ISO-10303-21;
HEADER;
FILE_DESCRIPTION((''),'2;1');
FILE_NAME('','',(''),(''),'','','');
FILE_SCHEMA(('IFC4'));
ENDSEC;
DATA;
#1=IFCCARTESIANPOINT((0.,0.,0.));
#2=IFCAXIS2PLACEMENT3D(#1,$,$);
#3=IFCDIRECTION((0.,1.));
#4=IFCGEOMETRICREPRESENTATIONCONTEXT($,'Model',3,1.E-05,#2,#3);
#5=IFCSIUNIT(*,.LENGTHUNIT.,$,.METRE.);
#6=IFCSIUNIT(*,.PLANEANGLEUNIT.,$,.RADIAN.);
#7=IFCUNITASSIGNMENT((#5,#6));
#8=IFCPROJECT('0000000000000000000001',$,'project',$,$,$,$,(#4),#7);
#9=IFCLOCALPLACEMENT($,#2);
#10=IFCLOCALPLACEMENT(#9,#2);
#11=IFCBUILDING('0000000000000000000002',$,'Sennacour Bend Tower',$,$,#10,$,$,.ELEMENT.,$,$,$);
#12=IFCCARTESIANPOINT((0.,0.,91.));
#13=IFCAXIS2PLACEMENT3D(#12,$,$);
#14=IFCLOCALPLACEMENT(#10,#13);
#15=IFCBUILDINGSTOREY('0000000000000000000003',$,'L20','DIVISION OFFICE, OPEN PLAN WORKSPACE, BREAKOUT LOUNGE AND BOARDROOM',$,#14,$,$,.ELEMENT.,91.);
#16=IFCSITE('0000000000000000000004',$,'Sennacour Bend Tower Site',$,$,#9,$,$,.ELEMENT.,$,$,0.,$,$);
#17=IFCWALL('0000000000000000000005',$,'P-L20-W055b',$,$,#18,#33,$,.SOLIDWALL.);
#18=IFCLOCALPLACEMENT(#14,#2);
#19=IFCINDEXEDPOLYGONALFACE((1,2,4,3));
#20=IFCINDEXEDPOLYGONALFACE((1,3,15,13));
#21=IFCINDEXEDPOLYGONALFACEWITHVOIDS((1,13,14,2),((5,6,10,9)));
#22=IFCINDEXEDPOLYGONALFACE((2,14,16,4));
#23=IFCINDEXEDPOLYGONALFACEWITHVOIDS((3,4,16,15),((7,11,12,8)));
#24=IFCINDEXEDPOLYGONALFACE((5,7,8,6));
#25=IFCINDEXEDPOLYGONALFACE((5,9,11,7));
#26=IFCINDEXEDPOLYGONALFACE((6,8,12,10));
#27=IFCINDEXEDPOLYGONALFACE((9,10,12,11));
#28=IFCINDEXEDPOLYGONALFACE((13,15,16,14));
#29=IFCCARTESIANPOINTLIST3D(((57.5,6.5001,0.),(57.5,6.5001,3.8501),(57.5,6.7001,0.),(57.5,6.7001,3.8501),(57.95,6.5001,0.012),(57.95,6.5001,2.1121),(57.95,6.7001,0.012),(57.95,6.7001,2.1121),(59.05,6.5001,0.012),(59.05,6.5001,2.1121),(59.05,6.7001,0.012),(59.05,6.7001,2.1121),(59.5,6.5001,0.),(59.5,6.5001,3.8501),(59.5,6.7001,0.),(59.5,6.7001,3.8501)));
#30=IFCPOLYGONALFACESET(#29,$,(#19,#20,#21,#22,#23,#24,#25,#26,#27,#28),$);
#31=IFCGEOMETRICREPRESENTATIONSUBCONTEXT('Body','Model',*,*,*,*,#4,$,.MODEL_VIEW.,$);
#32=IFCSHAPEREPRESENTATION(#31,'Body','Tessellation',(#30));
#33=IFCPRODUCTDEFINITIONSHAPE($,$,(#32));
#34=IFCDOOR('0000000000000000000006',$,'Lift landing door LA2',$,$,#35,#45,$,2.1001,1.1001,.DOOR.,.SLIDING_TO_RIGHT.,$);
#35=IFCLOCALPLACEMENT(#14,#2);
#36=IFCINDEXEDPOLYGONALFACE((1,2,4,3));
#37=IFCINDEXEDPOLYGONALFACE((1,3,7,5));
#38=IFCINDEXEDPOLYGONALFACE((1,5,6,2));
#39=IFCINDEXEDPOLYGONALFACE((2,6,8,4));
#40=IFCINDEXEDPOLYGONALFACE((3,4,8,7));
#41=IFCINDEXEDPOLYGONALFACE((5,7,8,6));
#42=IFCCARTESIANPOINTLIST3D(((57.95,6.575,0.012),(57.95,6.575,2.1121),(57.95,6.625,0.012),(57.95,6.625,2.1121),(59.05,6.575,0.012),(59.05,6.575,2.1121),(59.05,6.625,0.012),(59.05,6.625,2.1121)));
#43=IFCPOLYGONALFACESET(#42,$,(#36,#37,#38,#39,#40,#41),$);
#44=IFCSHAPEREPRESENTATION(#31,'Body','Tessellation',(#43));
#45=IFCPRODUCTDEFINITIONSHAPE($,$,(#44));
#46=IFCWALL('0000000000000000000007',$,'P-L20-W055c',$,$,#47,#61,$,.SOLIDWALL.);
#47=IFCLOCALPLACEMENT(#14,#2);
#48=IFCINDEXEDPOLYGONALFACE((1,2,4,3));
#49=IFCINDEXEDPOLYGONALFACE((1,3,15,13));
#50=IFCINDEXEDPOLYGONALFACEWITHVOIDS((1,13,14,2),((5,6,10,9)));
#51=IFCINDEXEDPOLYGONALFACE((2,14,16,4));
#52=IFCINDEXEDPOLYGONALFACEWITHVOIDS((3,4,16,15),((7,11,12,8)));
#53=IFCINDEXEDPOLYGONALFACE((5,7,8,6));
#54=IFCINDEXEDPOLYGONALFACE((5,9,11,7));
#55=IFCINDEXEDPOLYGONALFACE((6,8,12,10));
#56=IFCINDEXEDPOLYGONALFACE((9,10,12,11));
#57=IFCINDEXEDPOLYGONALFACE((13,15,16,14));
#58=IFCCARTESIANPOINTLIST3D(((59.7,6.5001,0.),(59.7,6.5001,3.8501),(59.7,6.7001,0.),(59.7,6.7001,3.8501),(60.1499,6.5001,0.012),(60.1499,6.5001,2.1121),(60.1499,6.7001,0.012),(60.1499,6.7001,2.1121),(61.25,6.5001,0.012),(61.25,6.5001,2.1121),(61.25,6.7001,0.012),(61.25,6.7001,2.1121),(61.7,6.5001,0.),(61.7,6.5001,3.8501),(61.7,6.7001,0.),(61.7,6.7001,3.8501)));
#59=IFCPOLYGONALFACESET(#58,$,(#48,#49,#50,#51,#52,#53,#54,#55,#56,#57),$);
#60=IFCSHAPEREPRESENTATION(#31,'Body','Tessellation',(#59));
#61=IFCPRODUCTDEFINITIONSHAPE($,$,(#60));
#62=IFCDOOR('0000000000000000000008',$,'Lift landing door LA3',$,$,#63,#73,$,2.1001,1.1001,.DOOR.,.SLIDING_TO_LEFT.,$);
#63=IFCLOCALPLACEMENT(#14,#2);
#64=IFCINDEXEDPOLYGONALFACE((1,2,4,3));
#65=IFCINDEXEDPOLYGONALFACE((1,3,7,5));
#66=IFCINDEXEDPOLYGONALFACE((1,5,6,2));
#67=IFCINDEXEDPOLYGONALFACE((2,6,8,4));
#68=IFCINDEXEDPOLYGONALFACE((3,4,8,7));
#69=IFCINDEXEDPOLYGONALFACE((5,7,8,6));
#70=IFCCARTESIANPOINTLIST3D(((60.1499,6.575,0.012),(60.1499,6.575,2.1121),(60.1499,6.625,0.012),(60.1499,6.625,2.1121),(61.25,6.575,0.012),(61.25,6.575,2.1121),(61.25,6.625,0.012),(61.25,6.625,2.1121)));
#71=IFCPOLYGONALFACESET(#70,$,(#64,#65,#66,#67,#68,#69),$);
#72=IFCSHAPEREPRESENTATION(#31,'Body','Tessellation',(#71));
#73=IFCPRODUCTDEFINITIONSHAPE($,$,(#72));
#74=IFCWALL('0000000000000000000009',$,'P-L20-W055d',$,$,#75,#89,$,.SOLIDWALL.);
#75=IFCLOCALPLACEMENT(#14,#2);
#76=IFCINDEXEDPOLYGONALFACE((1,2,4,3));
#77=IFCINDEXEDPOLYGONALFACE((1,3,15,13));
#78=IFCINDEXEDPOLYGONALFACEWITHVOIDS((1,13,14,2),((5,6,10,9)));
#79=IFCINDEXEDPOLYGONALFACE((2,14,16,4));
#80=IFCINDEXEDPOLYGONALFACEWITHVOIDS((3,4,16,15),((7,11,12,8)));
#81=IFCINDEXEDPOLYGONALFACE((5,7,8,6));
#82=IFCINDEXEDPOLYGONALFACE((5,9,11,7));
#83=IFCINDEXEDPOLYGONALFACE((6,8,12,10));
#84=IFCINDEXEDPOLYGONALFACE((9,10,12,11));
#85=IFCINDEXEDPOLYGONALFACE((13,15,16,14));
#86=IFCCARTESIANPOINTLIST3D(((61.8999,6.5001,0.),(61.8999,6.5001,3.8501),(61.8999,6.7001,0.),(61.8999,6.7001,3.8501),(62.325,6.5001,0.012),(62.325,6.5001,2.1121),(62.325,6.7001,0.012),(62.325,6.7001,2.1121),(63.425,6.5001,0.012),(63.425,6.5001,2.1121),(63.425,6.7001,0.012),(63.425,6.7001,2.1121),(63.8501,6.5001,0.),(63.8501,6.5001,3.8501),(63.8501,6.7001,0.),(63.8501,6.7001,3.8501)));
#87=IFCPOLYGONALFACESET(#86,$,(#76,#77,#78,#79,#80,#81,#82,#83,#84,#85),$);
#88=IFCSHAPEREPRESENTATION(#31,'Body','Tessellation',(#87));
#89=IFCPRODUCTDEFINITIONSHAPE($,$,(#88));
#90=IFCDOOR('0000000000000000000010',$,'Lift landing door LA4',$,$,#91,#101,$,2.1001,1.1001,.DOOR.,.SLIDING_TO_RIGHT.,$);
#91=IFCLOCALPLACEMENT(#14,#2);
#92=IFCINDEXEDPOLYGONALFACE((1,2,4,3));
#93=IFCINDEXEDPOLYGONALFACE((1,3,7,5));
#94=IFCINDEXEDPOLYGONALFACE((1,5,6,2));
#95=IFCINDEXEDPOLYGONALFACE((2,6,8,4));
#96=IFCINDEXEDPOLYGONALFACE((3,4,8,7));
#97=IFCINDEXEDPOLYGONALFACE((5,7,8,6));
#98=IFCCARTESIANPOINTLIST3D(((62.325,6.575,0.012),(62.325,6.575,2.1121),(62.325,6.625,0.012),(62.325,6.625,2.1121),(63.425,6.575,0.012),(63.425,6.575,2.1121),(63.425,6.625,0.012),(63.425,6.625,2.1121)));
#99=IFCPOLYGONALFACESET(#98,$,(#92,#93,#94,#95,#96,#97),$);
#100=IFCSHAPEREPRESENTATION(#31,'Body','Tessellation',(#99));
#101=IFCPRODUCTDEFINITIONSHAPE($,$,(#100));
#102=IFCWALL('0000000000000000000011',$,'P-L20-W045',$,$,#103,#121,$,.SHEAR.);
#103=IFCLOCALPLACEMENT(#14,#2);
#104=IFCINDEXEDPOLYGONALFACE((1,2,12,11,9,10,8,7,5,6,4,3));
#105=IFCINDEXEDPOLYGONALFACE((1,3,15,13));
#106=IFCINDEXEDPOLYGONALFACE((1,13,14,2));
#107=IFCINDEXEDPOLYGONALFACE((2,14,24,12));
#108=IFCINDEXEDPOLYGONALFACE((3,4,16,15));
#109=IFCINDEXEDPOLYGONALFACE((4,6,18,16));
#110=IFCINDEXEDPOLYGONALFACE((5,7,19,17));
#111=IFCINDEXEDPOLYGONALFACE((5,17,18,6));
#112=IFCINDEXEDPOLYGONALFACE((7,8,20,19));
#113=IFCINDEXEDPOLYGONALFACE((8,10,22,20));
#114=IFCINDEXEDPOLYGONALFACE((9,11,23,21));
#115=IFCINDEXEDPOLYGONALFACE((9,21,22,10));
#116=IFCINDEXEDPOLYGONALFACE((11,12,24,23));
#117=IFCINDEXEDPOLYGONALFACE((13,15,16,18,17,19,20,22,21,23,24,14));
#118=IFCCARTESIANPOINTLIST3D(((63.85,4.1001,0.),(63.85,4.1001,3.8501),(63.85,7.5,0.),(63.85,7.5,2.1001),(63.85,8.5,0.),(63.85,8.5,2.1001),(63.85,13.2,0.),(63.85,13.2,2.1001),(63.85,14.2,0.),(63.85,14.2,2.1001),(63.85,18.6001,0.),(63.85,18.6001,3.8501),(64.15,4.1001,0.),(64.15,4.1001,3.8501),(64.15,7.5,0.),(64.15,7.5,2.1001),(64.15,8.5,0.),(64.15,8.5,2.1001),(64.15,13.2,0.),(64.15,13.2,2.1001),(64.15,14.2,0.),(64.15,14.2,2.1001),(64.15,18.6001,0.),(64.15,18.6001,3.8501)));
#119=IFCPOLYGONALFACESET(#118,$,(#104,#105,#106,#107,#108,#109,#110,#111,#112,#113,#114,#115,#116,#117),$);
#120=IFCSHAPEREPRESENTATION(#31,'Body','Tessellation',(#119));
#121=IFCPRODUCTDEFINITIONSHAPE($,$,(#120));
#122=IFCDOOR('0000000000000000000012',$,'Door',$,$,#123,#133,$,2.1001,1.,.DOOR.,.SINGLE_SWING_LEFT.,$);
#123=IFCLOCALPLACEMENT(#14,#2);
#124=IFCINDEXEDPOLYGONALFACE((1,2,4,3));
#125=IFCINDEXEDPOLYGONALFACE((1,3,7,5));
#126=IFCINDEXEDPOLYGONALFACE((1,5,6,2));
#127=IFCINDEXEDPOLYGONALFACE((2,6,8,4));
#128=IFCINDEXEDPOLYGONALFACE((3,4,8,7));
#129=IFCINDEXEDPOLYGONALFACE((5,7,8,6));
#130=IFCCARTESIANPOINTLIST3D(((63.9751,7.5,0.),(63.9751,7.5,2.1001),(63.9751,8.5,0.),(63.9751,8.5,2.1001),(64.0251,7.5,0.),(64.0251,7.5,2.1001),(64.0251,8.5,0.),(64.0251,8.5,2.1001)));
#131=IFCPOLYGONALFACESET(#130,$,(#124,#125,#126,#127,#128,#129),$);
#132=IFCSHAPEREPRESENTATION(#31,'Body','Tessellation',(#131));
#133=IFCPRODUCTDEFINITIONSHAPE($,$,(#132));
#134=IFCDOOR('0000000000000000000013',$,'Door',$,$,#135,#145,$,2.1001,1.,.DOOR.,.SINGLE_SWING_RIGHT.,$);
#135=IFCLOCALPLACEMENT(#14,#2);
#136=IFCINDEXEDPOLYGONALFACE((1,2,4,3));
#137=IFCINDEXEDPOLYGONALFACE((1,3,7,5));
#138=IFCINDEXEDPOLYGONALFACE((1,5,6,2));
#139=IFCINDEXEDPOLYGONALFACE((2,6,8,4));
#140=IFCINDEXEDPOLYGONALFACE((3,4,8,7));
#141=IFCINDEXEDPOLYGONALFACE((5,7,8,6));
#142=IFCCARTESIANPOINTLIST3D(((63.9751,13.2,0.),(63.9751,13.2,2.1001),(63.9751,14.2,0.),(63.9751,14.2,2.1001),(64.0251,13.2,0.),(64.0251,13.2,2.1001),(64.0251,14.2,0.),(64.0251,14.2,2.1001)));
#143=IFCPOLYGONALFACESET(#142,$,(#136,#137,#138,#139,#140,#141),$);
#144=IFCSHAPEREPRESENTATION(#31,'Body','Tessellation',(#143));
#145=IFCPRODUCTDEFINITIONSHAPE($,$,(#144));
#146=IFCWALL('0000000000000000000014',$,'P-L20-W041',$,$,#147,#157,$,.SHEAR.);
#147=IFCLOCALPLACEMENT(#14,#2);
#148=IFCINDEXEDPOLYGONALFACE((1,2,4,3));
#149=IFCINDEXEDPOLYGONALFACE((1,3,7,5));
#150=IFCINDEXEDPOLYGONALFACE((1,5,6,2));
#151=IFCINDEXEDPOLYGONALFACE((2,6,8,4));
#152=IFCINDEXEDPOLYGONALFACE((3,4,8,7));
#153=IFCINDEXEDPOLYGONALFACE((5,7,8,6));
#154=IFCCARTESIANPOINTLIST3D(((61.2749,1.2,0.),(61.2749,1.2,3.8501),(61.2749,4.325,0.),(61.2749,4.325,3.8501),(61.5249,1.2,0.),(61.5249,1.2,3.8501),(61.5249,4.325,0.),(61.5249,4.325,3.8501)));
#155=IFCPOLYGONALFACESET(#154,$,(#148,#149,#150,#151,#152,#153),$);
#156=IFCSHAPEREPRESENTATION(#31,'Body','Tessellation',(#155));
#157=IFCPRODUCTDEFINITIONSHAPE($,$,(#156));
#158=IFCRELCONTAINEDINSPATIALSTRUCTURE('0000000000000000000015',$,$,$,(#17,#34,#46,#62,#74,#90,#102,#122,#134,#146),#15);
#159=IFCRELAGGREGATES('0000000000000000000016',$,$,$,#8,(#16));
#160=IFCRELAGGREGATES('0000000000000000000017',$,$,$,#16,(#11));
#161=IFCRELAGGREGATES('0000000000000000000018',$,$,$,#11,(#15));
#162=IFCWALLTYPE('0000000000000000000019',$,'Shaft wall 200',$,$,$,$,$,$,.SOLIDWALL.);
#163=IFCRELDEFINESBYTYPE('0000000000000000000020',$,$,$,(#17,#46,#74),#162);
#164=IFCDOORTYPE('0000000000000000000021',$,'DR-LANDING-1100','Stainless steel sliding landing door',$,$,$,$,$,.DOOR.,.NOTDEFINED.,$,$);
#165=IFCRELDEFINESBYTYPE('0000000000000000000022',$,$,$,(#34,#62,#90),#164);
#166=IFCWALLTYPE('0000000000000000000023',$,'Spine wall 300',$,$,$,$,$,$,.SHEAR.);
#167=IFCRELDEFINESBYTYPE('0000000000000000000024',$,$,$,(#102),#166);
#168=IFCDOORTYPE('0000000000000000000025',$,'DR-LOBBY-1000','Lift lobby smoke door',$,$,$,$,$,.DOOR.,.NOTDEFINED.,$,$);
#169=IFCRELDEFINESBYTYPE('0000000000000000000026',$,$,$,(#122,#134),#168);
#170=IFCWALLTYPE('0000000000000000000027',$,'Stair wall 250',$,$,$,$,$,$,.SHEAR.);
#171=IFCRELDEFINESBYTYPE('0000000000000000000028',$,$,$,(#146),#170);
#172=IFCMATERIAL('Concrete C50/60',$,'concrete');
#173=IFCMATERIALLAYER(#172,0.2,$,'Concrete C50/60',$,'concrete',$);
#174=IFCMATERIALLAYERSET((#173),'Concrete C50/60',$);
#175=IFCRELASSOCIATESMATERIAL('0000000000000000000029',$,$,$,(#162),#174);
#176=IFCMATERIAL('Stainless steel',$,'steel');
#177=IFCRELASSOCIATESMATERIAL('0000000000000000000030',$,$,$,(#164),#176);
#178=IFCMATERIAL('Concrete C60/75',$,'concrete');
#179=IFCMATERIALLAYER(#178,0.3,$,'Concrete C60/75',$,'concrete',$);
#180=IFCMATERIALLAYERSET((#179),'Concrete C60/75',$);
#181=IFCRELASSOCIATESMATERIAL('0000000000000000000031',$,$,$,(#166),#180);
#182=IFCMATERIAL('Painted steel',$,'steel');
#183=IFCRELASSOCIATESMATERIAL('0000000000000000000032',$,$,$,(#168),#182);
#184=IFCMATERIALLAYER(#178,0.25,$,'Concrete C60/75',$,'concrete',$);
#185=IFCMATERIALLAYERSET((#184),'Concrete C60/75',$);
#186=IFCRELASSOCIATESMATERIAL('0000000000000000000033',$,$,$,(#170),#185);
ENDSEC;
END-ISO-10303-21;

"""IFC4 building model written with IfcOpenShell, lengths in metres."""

from ifc_helpers import new_model, si_unit, direction, frame, frame_2d, origin, place, context, subcontext, project, spatial, rectangle, extrude, material, layer, layer_set, type_object, element, fill, save


model = new_model("IFC4")

# Units and contexts
model_context = context("Model", 3, precision=1e-05, world=origin(), true_north=direction((0.0, 1.0)))
body_context = subcontext(model_context, "Body", "Model", "MODEL_VIEW")
ifc_project = project(units=[si_unit("LENGTHUNIT", "METRE"), si_unit("PLANEANGLEUNIT", "RADIAN")], contexts=[model_context])

# Site, building, storey
site_placement = place(None, origin())
site = spatial("IfcSite", under=ifc_project, at=site_placement, Name="Sennacour Bend Tower Site", CompositionType="ELEMENT", RefElevation=0.0)
building_placement = place(site_placement, origin())
building = spatial("IfcBuilding", under=site, at=building_placement, Name="Sennacour Bend Tower", CompositionType="ELEMENT")
storey_placement = place(building_placement, frame((0.0, 0.0, 91.0)))
storey = spatial("IfcBuildingStorey", under=building, at=storey_placement, Name="L20", Description="DIVISION OFFICE, OPEN PLAN WORKSPACE, BREAKOUT LOUNGE AND BOARDROOM", CompositionType="ELEMENT", Elevation=91.0)

# Shared definitions
ifc_material_1 = material(Name="Painted steel", Category="steel")

# Shared definitions
ifc_material_2 = material(Name="Concrete C50/60", Category="concrete")
ifc_layer_1 = layer(ifc_material_2, 0.2, Name="Concrete C50/60", Category="concrete")
ifc_layer_set_1 = layer_set([ifc_layer_1], Name="Concrete C50/60")
wall_type_1 = type_object("IfcWallType", Name="Shaft wall 200", PredefinedType="SOLIDWALL", material=ifc_layer_set_1)

# Walls, openings, doors
wall_1_placement = place(storey_placement, frame((57.5, 6.6001, 0.0), z_axis=(0.0, 0.0, 1.0), x_axis=(1.0, 0.0, 0.0)))
wall_1 = element("IfcWall", 1, at=wall_1_placement, inside=storey, type_object=wall_type_1, Name="P-L20-W055b", PredefinedType="SOLIDWALL", context=body_context, shape_type="SweptSolid", body=[
    extrude(rectangle(XDim=2.0, YDim=0.2, at=frame_2d((1.0, 0.0))), origin(), (0.0, 0.0, 1.0), 3.8501),
])
opening_1_placement = place(wall_1_placement, frame((0.45, 0.0, 0.012)))
opening_1 = element("IfcOpeningElement", 2, at=opening_1_placement, cuts=wall_1, PredefinedType="OPENING", context=body_context, shape_type="SweptSolid", body=[
    extrude(rectangle(XDim=1.1001, YDim=2.1001, at=frame_2d((0.55, 1.05))), frame((0.0, 0.1099, 0.0), z_axis=(0.0, -1.0, 0.0), x_axis=(1.0, 0.0, 0.0)), (0.0, 0.0, 1.0), 0.22),
])
ifc_material_3 = material(Name="Stainless steel", Category="steel")
door_type_1 = type_object("IfcDoorType", Name="DR-LANDING-1100", Description="Stainless steel sliding landing door", OperationType="NOTDEFINED", PredefinedType="DOOR", material=ifc_material_3)
door_1_placement = place(opening_1_placement, origin())
door_1 = element("IfcDoor", 3, at=door_1_placement, inside=storey, type_object=door_type_1, Name="Lift landing door LA2", OperationType="SLIDING_TO_RIGHT", OverallHeight=2.1001, OverallWidth=1.1001, PredefinedType="DOOR", context=body_context, shape_type="SweptSolid", body=[
    extrude(rectangle(XDim=1.1001, YDim=2.1001, at=frame_2d((0.55, 1.05))), frame((0.0, 0.0249, 0.0), z_axis=(0.0, -1.0, 0.0), x_axis=(1.0, 0.0, 0.0)), (0.0, 0.0, 1.0), 0.05),
])
fill(opening_1, door_1)
wall_2_placement = place(storey_placement, frame((59.7, 6.6001, 0.0), z_axis=(0.0, 0.0, 1.0), x_axis=(1.0, 0.0, 0.0)))
wall_2 = element("IfcWall", 4, at=wall_2_placement, inside=storey, type_object=wall_type_1, Name="P-L20-W055c", PredefinedType="SOLIDWALL", context=body_context, shape_type="SweptSolid", body=[
    extrude(rectangle(XDim=2.0, YDim=0.2, at=frame_2d((1.0, 0.0))), origin(), (0.0, 0.0, 1.0), 3.8501),
])
opening_2_placement = place(wall_2_placement, frame((0.45, 0.0, 0.012)))
opening_2 = element("IfcOpeningElement", 5, at=opening_2_placement, cuts=wall_2, PredefinedType="OPENING", context=body_context, shape_type="SweptSolid", body=[
    extrude(rectangle(XDim=1.1001, YDim=2.1001, at=frame_2d((0.55, 1.05))), frame((0.0, 0.1099, 0.0), z_axis=(0.0, -1.0, 0.0), x_axis=(1.0, 0.0, 0.0)), (0.0, 0.0, 1.0), 0.22),
])
door_2_placement = place(opening_2_placement, origin())
door_2 = element("IfcDoor", 6, at=door_2_placement, inside=storey, type_object=door_type_1, Name="Lift landing door LA3", OperationType="SLIDING_TO_LEFT", OverallHeight=2.1001, OverallWidth=1.1001, PredefinedType="DOOR", context=body_context, shape_type="SweptSolid", body=[
    extrude(rectangle(XDim=1.1001, YDim=2.1001, at=frame_2d((0.55, 1.05))), frame((0.0, 0.0249, 0.0), z_axis=(0.0, -1.0, 0.0), x_axis=(1.0, 0.0, 0.0)), (0.0, 0.0, 1.0), 0.05),
])
fill(opening_2, door_2)
wall_3_placement = place(storey_placement, frame((61.8999, 6.6001, 0.0), z_axis=(0.0, 0.0, 1.0), x_axis=(1.0, 0.0, 0.0)))
wall_3 = element("IfcWall", 7, at=wall_3_placement, inside=storey, type_object=wall_type_1, Name="P-L20-W055d", PredefinedType="SOLIDWALL", context=body_context, shape_type="SweptSolid", body=[
    extrude(rectangle(XDim=1.9502, YDim=0.2, at=frame_2d((0.9751, 0.0))), origin(), (0.0, 0.0, 1.0), 3.8501),
])
opening_3_placement = place(wall_3_placement, frame((0.425, 0.0, 0.012)))
opening_3 = element("IfcOpeningElement", 8, at=opening_3_placement, cuts=wall_3, PredefinedType="OPENING", context=body_context, shape_type="SweptSolid", body=[
    extrude(rectangle(XDim=1.1001, YDim=2.1001, at=frame_2d((0.55, 1.05))), frame((0.0, 0.1099, 0.0), z_axis=(0.0, -1.0, 0.0), x_axis=(1.0, 0.0, 0.0)), (0.0, 0.0, 1.0), 0.22),
])
door_3_placement = place(opening_3_placement, origin())
door_3 = element("IfcDoor", 9, at=door_3_placement, inside=storey, type_object=door_type_1, Name="Lift landing door LA4", OperationType="SLIDING_TO_RIGHT", OverallHeight=2.1001, OverallWidth=1.1001, PredefinedType="DOOR", context=body_context, shape_type="SweptSolid", body=[
    extrude(rectangle(XDim=1.1001, YDim=2.1001, at=frame_2d((0.55, 1.05))), frame((0.0, 0.0249, 0.0), z_axis=(0.0, -1.0, 0.0), x_axis=(1.0, 0.0, 0.0)), (0.0, 0.0, 1.0), 0.05),
])
fill(opening_3, door_3)

# Wall, openings, doors
ifc_material_4 = material(Name="Concrete C60/75", Category="concrete")
ifc_layer_2 = layer(ifc_material_4, 0.3, Name="Concrete C60/75", Category="concrete")
ifc_layer_set_2 = layer_set([ifc_layer_2], Name="Concrete C60/75")
wall_type_2 = type_object("IfcWallType", Name="Spine wall 300", PredefinedType="SHEAR", material=ifc_layer_set_2)
wall_4_placement = place(storey_placement, frame((64.0, 4.1001, 0.0), z_axis=(0.0, 0.0, 1.0), x_axis=(0.0, 1.0, 0.0)))
wall_4 = element("IfcWall", 10, at=wall_4_placement, inside=storey, type_object=wall_type_2, Name="P-L20-W045", PredefinedType="SHEAR", context=body_context, shape_type="SweptSolid", body=[
    extrude(rectangle(XDim=14.5, YDim=0.3, at=frame_2d((7.25, 0.0))), origin(), (0.0, 0.0, 1.0), 3.8501),
])
opening_4_placement = place(wall_4_placement, frame((3.3999, 0.0, 0.0)))
opening_4 = element("IfcOpeningElement", 11, at=opening_4_placement, cuts=wall_4, PredefinedType="OPENING", context=body_context, shape_type="SweptSolid", body=[
    extrude(rectangle(XDim=1.0, YDim=2.1001, at=frame_2d((0.5, 1.05))), frame((0.0, 0.1602, 0.0), z_axis=(0.0, -1.0, 0.0), x_axis=(1.0, 0.0, 0.0)), (0.0, 0.0, 1.0), 0.3201),
])
opening_5_placement = place(wall_4_placement, frame((9.0999, 0.0, 0.0)))
opening_5 = element("IfcOpeningElement", 12, at=opening_5_placement, cuts=wall_4, PredefinedType="OPENING", context=body_context, shape_type="SweptSolid", body=[
    extrude(rectangle(XDim=1.0, YDim=2.1001, at=frame_2d((0.5, 1.05))), frame((0.0, 0.1602, 0.0), z_axis=(0.0, -1.0, 0.0), x_axis=(1.0, 0.0, 0.0)), (0.0, 0.0, 1.0), 0.3201),
])
door_type_2 = type_object("IfcDoorType", Name="DR-LOBBY-1000", Description="Lift lobby smoke door", OperationType="NOTDEFINED", PredefinedType="DOOR", material=ifc_material_1)
door_4_placement = place(opening_4_placement, origin())
door_4 = element("IfcDoor", 13, at=door_4_placement, inside=storey, type_object=door_type_2, Name="Door", OperationType="SINGLE_SWING_LEFT", OverallHeight=2.1001, OverallWidth=1.0, PredefinedType="DOOR", context=body_context, shape_type="SweptSolid", body=[
    extrude(rectangle(XDim=1.0, YDim=2.1001, at=frame_2d((0.5, 1.05))), frame((0.0, 0.0249, 0.0), z_axis=(0.0, -1.0, 0.0), x_axis=(1.0, 0.0, 0.0)), (0.0, 0.0, 1.0), 0.05),
])
fill(opening_4, door_4)
door_5_placement = place(opening_5_placement, origin())
door_5 = element("IfcDoor", 14, at=door_5_placement, inside=storey, type_object=door_type_2, Name="Door", OperationType="SINGLE_SWING_RIGHT", OverallHeight=2.1001, OverallWidth=1.0, PredefinedType="DOOR", context=body_context, shape_type="SweptSolid", body=[
    extrude(rectangle(XDim=1.0, YDim=2.1001, at=frame_2d((0.5, 1.05))), frame((0.0, 0.0249, 0.0), z_axis=(0.0, -1.0, 0.0), x_axis=(1.0, 0.0, 0.0)), (0.0, 0.0, 1.0), 0.05),
])
fill(opening_5, door_5)

# Wall
ifc_layer_3 = layer(ifc_material_4, 0.25, Name="Concrete C60/75", Category="concrete")
ifc_layer_set_3 = layer_set([ifc_layer_3], Name="Concrete C60/75")
wall_type_3 = type_object("IfcWallType", Name="Stair wall 250", PredefinedType="SHEAR", material=ifc_layer_set_3)
wall_5_placement = place(storey_placement, frame((61.3999, 1.2, 0.0), z_axis=(0.0, 0.0, 1.0), x_axis=(0.0, 1.0, 0.0)))
element("IfcWall", 15, at=wall_5_placement, inside=storey, type_object=wall_type_3, Name="P-L20-W041", PredefinedType="SHEAR", context=body_context, shape_type="SweptSolid", body=[
    extrude(rectangle(XDim=3.125, YDim=0.25, at=frame_2d((1.5625, 0.0))), origin(), (0.0, 0.0, 1.0), 3.8501),
])

save(model, "model.ifc")
